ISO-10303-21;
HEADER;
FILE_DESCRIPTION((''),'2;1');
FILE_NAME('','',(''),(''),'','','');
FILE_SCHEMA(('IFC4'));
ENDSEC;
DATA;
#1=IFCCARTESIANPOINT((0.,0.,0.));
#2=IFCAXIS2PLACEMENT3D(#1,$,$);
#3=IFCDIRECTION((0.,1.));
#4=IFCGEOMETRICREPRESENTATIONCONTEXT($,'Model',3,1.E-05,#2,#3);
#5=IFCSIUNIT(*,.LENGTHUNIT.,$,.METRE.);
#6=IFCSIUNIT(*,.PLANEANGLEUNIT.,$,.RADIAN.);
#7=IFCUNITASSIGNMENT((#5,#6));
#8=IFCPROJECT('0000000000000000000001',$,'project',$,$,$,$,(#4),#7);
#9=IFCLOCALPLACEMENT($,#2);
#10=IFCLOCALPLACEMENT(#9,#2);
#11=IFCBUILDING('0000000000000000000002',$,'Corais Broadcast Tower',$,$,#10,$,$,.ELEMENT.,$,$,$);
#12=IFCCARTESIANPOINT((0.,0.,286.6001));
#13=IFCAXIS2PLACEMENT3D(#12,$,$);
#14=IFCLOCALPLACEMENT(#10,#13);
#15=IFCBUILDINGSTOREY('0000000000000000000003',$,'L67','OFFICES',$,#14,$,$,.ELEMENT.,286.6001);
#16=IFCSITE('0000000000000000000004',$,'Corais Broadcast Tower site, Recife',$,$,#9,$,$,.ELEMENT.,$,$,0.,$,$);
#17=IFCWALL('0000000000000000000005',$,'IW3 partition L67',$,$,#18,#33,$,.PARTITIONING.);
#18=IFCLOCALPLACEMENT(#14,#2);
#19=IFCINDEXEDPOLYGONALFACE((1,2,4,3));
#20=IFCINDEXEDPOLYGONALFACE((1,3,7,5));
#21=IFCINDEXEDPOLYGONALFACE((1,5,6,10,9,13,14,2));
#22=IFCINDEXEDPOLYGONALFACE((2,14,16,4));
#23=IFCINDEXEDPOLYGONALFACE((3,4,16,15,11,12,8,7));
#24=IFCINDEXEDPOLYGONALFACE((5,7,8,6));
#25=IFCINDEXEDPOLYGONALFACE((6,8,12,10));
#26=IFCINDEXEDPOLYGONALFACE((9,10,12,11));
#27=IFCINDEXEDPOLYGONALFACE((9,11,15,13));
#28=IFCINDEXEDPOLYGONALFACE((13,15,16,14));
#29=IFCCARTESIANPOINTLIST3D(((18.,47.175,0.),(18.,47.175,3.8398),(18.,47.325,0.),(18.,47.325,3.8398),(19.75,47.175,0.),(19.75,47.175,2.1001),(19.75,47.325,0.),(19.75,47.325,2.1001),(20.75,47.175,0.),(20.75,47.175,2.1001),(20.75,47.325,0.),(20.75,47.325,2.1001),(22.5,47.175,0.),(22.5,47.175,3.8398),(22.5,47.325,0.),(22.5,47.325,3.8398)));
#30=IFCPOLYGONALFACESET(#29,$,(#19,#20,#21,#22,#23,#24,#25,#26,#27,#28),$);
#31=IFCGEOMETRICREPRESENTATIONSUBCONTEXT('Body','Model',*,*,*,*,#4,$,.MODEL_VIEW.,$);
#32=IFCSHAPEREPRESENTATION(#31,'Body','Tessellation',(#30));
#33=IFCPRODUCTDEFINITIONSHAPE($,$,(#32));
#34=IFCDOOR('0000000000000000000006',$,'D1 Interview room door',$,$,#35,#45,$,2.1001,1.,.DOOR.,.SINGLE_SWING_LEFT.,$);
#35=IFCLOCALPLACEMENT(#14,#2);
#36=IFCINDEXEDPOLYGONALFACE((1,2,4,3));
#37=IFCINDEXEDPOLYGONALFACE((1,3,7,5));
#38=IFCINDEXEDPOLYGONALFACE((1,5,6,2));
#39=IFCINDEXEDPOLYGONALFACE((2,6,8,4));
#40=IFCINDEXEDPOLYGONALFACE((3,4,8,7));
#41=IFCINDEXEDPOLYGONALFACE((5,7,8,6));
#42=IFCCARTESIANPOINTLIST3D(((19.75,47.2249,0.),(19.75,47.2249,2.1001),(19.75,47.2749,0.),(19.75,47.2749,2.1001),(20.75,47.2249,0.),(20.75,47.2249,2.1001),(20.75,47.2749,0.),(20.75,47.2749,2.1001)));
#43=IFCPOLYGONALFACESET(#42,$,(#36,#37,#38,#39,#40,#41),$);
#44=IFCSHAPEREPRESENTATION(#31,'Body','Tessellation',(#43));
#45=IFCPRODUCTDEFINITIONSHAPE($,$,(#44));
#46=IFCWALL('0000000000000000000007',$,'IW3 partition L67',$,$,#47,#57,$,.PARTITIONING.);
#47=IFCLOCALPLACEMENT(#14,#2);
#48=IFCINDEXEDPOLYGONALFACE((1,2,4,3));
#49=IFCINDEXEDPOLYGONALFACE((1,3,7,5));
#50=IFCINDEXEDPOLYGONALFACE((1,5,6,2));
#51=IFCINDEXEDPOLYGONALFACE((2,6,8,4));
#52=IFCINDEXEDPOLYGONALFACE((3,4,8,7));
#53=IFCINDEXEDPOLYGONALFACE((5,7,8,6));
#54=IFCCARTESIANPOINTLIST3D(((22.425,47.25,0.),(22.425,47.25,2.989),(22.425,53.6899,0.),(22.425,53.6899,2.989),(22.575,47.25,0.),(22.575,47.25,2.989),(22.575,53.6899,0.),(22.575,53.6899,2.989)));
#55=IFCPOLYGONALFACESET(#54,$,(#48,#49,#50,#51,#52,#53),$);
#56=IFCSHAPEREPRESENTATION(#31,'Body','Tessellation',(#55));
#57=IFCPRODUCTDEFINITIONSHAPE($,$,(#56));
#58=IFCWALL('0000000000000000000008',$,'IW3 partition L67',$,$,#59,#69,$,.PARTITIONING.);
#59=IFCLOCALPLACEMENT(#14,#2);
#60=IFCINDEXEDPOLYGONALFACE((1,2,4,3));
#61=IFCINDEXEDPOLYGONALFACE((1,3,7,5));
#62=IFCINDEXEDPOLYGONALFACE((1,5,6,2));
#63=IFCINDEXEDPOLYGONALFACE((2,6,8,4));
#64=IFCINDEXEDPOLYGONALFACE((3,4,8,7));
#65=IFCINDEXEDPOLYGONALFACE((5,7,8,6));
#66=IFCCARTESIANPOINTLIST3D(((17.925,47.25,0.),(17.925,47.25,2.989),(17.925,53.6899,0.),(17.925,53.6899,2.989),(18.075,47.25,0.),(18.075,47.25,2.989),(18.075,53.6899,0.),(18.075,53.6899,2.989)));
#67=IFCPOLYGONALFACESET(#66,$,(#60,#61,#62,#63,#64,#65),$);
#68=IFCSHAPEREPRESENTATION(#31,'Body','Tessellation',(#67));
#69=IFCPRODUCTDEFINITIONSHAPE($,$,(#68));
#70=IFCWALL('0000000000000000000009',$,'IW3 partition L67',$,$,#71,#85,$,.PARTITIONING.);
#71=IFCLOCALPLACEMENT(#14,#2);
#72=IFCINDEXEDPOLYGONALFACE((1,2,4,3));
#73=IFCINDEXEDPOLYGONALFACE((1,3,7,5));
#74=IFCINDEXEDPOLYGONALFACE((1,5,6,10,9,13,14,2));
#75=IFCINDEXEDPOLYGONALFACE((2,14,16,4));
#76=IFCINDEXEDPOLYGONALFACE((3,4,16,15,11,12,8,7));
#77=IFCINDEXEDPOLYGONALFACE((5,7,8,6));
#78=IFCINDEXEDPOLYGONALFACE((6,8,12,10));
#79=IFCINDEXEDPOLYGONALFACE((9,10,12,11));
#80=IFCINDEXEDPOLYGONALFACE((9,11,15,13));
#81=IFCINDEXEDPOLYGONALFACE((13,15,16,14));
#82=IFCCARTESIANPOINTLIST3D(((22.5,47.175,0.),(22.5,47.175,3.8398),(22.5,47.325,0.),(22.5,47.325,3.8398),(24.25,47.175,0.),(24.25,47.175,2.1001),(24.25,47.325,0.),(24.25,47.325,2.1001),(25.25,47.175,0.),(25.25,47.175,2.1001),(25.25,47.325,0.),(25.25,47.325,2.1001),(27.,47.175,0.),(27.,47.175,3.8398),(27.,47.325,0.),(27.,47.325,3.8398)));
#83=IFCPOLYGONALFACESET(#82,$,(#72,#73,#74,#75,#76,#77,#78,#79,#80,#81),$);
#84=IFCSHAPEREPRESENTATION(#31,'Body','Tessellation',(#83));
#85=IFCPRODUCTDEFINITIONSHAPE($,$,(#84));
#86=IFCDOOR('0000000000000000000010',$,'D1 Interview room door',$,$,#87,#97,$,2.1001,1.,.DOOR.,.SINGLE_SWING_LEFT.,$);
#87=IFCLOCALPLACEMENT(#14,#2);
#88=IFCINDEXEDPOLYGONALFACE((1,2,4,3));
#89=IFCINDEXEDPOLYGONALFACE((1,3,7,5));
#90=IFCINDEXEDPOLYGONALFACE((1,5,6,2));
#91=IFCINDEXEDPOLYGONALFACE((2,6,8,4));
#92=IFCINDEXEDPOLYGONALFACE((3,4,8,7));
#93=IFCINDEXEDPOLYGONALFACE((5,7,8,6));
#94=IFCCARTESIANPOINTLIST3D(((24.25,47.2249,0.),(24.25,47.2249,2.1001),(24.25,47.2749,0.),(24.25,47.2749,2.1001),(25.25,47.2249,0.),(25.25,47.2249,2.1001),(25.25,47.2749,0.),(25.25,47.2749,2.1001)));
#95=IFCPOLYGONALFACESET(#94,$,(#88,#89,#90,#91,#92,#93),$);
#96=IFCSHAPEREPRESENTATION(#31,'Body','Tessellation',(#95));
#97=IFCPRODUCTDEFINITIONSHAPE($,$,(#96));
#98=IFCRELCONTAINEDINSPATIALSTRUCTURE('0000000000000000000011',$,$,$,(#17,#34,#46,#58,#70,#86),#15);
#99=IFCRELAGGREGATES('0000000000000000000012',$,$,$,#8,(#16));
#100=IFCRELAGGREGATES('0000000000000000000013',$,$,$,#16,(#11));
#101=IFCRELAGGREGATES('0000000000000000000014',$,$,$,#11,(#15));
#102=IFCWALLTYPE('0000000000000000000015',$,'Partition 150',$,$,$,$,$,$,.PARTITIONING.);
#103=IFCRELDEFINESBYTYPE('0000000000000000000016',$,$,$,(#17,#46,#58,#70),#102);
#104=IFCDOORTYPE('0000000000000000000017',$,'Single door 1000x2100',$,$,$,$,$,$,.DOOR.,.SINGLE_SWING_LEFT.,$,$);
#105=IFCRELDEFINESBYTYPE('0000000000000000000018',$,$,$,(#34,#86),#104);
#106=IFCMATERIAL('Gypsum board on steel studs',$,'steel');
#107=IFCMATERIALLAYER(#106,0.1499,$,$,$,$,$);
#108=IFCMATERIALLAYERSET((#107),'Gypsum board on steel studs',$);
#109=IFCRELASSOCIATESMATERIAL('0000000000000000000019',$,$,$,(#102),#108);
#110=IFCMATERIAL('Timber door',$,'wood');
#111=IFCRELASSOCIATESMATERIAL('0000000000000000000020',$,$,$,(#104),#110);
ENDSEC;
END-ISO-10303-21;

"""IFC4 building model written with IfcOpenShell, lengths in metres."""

from ifc_helpers import new_model, si_unit, direction, frame, frame_2d, origin, place, context, subcontext, project, spatial, rectangle, extrude, material, layer, layer_set, type_object, element, fill, save


model = new_model("IFC4")

# Units and contexts
model_context = context("Model", 3, precision=1e-05, world=origin(), true_north=direction((0.0, 1.0)))
body_context = subcontext(model_context, "Body", "Model", "MODEL_VIEW")
ifc_project = project(units=[si_unit("LENGTHUNIT", "METRE"), si_unit("PLANEANGLEUNIT", "RADIAN")], contexts=[model_context])

# Site, building, storey
site_placement = place(None, origin())
site = spatial("IfcSite", under=ifc_project, at=site_placement, Name="Corais Broadcast Tower site, Recife", CompositionType="ELEMENT", RefElevation=0.0)
building_placement = place(site_placement, origin())
building = spatial("IfcBuilding", under=site, at=building_placement, Name="Corais Broadcast Tower", CompositionType="ELEMENT")
storey_placement = place(building_placement, frame((0.0, 0.0, 286.6001)))
storey = spatial("IfcBuildingStorey", under=building, at=storey_placement, Name="L67", Description="OFFICES", CompositionType="ELEMENT", Elevation=286.6001)

# Wall, opening, door
ifc_material_1 = material(Name="Gypsum board on steel studs", Category="steel")
ifc_layer_1 = layer(ifc_material_1, 0.1499)
ifc_layer_set_1 = layer_set([ifc_layer_1], Name="Gypsum board on steel studs")
wall_type = type_object("IfcWallType", Name="Partition 150", PredefinedType="PARTITIONING", material=ifc_layer_set_1)
wall_1_placement = place(storey_placement, frame((18.0, 47.25, 0.0), z_axis=(0.0, 0.0, 1.0), x_axis=(1.0, 0.0, 0.0)))
wall_1 = element("IfcWall", 1, at=wall_1_placement, inside=storey, type_object=wall_type, Name="IW3 partition L67", PredefinedType="PARTITIONING", context=body_context, shape_type="SweptSolid", body=[
    extrude(rectangle(XDim=4.5, YDim=0.1499, at=frame_2d((2.25, 0.0))), origin(), (0.0, 0.0, 1.0), 3.8398),
])
opening_1_placement = place(wall_1_placement, frame((1.75, 0.0, 0.0)))
opening_1 = element("IfcOpeningElement", 2, at=opening_1_placement, cuts=wall_1, PredefinedType="OPENING", context=body_context, shape_type="SweptSolid", body=[
    extrude(rectangle(XDim=1.0, YDim=2.1001, at=frame_2d((0.5, 1.05))), frame((0.0, 0.085, 0.0), z_axis=(0.0, -1.0, 0.0), x_axis=(1.0, 0.0, 0.0)), (0.0, 0.0, 1.0), 0.1699),
])
ifc_material_2 = material(Name="Timber door", Category="wood")
door_type = type_object("IfcDoorType", Name="Single door 1000x2100", OperationType="SINGLE_SWING_LEFT", PredefinedType="DOOR", material=ifc_material_2)
door_1_placement = place(opening_1_placement, origin())
door_1 = element("IfcDoor", 3, at=door_1_placement, inside=storey, type_object=door_type, Name="D1 Interview room door", OperationType="SINGLE_SWING_LEFT", OverallHeight=2.1001, OverallWidth=1.0, PredefinedType="DOOR", context=body_context, shape_type="SweptSolid", body=[
    extrude(rectangle(XDim=1.0, YDim=2.1001, at=frame_2d((0.5, 1.05))), frame((0.0, 0.0249, 0.0), z_axis=(0.0, -1.0, 0.0), x_axis=(1.0, 0.0, 0.0)), (0.0, 0.0, 1.0), 0.05),
])
fill(opening_1, door_1)

# Walls
for number, where, z_axis, x_axis, name in (
    (4, (22.5, 47.25, 0.0), (0.0, 0.0, 1.0), (0.0, 1.0, 0.0), "IW3 partition L67"),
    (5, (18.0, 53.6899, 0.0), (0.0, 0.0, 1.0), (0.0, -1.0, 0.0), "IW3 partition L67"),
):
    element("IfcWall", number, at=place(storey_placement, frame(where, z_axis=z_axis, x_axis=x_axis)), inside=storey, type_object=wall_type, Name=name, PredefinedType="PARTITIONING", context=body_context, shape_type="SweptSolid", body=[
        extrude(rectangle(XDim=6.4399, YDim=0.1499, at=frame_2d((3.22, 0.0))), origin(), (0.0, 0.0, 1.0), 2.989),
    ])

# Wall, opening, door
wall_2_placement = place(storey_placement, frame((22.5, 47.25, 0.0), z_axis=(0.0, 0.0, 1.0), x_axis=(1.0, 0.0, 0.0)))
wall_2 = element("IfcWall", 6, at=wall_2_placement, inside=storey, type_object=wall_type, Name="IW3 partition L67", PredefinedType="PARTITIONING", context=body_context, shape_type="SweptSolid", body=[
    extrude(rectangle(XDim=4.5, YDim=0.1499, at=frame_2d((2.25, 0.0))), origin(), (0.0, 0.0, 1.0), 3.8398),
])
opening_2_placement = place(wall_2_placement, frame((1.75, 0.0, 0.0)))
opening_2 = element("IfcOpeningElement", 7, at=opening_2_placement, cuts=wall_2, PredefinedType="OPENING", context=body_context, shape_type="SweptSolid", body=[
    extrude(rectangle(XDim=1.0, YDim=2.1001, at=frame_2d((0.5, 1.05))), frame((0.0, 0.085, 0.0), z_axis=(0.0, -1.0, 0.0), x_axis=(1.0, 0.0, 0.0)), (0.0, 0.0, 1.0), 0.1699),
])
door_2_placement = place(opening_2_placement, origin())
door_2 = element("IfcDoor", 8, at=door_2_placement, inside=storey, type_object=door_type, Name="D1 Interview room door", OperationType="SINGLE_SWING_LEFT", OverallHeight=2.1001, OverallWidth=1.0, PredefinedType="DOOR", context=body_context, shape_type="SweptSolid", body=[
    extrude(rectangle(XDim=1.0, YDim=2.1001, at=frame_2d((0.5, 1.05))), frame((0.0, 0.0249, 0.0), z_axis=(0.0, -1.0, 0.0), x_axis=(1.0, 0.0, 0.0)), (0.0, 0.0, 1.0), 0.05),
])
fill(opening_2, door_2)

save(model, "model.ifc")
